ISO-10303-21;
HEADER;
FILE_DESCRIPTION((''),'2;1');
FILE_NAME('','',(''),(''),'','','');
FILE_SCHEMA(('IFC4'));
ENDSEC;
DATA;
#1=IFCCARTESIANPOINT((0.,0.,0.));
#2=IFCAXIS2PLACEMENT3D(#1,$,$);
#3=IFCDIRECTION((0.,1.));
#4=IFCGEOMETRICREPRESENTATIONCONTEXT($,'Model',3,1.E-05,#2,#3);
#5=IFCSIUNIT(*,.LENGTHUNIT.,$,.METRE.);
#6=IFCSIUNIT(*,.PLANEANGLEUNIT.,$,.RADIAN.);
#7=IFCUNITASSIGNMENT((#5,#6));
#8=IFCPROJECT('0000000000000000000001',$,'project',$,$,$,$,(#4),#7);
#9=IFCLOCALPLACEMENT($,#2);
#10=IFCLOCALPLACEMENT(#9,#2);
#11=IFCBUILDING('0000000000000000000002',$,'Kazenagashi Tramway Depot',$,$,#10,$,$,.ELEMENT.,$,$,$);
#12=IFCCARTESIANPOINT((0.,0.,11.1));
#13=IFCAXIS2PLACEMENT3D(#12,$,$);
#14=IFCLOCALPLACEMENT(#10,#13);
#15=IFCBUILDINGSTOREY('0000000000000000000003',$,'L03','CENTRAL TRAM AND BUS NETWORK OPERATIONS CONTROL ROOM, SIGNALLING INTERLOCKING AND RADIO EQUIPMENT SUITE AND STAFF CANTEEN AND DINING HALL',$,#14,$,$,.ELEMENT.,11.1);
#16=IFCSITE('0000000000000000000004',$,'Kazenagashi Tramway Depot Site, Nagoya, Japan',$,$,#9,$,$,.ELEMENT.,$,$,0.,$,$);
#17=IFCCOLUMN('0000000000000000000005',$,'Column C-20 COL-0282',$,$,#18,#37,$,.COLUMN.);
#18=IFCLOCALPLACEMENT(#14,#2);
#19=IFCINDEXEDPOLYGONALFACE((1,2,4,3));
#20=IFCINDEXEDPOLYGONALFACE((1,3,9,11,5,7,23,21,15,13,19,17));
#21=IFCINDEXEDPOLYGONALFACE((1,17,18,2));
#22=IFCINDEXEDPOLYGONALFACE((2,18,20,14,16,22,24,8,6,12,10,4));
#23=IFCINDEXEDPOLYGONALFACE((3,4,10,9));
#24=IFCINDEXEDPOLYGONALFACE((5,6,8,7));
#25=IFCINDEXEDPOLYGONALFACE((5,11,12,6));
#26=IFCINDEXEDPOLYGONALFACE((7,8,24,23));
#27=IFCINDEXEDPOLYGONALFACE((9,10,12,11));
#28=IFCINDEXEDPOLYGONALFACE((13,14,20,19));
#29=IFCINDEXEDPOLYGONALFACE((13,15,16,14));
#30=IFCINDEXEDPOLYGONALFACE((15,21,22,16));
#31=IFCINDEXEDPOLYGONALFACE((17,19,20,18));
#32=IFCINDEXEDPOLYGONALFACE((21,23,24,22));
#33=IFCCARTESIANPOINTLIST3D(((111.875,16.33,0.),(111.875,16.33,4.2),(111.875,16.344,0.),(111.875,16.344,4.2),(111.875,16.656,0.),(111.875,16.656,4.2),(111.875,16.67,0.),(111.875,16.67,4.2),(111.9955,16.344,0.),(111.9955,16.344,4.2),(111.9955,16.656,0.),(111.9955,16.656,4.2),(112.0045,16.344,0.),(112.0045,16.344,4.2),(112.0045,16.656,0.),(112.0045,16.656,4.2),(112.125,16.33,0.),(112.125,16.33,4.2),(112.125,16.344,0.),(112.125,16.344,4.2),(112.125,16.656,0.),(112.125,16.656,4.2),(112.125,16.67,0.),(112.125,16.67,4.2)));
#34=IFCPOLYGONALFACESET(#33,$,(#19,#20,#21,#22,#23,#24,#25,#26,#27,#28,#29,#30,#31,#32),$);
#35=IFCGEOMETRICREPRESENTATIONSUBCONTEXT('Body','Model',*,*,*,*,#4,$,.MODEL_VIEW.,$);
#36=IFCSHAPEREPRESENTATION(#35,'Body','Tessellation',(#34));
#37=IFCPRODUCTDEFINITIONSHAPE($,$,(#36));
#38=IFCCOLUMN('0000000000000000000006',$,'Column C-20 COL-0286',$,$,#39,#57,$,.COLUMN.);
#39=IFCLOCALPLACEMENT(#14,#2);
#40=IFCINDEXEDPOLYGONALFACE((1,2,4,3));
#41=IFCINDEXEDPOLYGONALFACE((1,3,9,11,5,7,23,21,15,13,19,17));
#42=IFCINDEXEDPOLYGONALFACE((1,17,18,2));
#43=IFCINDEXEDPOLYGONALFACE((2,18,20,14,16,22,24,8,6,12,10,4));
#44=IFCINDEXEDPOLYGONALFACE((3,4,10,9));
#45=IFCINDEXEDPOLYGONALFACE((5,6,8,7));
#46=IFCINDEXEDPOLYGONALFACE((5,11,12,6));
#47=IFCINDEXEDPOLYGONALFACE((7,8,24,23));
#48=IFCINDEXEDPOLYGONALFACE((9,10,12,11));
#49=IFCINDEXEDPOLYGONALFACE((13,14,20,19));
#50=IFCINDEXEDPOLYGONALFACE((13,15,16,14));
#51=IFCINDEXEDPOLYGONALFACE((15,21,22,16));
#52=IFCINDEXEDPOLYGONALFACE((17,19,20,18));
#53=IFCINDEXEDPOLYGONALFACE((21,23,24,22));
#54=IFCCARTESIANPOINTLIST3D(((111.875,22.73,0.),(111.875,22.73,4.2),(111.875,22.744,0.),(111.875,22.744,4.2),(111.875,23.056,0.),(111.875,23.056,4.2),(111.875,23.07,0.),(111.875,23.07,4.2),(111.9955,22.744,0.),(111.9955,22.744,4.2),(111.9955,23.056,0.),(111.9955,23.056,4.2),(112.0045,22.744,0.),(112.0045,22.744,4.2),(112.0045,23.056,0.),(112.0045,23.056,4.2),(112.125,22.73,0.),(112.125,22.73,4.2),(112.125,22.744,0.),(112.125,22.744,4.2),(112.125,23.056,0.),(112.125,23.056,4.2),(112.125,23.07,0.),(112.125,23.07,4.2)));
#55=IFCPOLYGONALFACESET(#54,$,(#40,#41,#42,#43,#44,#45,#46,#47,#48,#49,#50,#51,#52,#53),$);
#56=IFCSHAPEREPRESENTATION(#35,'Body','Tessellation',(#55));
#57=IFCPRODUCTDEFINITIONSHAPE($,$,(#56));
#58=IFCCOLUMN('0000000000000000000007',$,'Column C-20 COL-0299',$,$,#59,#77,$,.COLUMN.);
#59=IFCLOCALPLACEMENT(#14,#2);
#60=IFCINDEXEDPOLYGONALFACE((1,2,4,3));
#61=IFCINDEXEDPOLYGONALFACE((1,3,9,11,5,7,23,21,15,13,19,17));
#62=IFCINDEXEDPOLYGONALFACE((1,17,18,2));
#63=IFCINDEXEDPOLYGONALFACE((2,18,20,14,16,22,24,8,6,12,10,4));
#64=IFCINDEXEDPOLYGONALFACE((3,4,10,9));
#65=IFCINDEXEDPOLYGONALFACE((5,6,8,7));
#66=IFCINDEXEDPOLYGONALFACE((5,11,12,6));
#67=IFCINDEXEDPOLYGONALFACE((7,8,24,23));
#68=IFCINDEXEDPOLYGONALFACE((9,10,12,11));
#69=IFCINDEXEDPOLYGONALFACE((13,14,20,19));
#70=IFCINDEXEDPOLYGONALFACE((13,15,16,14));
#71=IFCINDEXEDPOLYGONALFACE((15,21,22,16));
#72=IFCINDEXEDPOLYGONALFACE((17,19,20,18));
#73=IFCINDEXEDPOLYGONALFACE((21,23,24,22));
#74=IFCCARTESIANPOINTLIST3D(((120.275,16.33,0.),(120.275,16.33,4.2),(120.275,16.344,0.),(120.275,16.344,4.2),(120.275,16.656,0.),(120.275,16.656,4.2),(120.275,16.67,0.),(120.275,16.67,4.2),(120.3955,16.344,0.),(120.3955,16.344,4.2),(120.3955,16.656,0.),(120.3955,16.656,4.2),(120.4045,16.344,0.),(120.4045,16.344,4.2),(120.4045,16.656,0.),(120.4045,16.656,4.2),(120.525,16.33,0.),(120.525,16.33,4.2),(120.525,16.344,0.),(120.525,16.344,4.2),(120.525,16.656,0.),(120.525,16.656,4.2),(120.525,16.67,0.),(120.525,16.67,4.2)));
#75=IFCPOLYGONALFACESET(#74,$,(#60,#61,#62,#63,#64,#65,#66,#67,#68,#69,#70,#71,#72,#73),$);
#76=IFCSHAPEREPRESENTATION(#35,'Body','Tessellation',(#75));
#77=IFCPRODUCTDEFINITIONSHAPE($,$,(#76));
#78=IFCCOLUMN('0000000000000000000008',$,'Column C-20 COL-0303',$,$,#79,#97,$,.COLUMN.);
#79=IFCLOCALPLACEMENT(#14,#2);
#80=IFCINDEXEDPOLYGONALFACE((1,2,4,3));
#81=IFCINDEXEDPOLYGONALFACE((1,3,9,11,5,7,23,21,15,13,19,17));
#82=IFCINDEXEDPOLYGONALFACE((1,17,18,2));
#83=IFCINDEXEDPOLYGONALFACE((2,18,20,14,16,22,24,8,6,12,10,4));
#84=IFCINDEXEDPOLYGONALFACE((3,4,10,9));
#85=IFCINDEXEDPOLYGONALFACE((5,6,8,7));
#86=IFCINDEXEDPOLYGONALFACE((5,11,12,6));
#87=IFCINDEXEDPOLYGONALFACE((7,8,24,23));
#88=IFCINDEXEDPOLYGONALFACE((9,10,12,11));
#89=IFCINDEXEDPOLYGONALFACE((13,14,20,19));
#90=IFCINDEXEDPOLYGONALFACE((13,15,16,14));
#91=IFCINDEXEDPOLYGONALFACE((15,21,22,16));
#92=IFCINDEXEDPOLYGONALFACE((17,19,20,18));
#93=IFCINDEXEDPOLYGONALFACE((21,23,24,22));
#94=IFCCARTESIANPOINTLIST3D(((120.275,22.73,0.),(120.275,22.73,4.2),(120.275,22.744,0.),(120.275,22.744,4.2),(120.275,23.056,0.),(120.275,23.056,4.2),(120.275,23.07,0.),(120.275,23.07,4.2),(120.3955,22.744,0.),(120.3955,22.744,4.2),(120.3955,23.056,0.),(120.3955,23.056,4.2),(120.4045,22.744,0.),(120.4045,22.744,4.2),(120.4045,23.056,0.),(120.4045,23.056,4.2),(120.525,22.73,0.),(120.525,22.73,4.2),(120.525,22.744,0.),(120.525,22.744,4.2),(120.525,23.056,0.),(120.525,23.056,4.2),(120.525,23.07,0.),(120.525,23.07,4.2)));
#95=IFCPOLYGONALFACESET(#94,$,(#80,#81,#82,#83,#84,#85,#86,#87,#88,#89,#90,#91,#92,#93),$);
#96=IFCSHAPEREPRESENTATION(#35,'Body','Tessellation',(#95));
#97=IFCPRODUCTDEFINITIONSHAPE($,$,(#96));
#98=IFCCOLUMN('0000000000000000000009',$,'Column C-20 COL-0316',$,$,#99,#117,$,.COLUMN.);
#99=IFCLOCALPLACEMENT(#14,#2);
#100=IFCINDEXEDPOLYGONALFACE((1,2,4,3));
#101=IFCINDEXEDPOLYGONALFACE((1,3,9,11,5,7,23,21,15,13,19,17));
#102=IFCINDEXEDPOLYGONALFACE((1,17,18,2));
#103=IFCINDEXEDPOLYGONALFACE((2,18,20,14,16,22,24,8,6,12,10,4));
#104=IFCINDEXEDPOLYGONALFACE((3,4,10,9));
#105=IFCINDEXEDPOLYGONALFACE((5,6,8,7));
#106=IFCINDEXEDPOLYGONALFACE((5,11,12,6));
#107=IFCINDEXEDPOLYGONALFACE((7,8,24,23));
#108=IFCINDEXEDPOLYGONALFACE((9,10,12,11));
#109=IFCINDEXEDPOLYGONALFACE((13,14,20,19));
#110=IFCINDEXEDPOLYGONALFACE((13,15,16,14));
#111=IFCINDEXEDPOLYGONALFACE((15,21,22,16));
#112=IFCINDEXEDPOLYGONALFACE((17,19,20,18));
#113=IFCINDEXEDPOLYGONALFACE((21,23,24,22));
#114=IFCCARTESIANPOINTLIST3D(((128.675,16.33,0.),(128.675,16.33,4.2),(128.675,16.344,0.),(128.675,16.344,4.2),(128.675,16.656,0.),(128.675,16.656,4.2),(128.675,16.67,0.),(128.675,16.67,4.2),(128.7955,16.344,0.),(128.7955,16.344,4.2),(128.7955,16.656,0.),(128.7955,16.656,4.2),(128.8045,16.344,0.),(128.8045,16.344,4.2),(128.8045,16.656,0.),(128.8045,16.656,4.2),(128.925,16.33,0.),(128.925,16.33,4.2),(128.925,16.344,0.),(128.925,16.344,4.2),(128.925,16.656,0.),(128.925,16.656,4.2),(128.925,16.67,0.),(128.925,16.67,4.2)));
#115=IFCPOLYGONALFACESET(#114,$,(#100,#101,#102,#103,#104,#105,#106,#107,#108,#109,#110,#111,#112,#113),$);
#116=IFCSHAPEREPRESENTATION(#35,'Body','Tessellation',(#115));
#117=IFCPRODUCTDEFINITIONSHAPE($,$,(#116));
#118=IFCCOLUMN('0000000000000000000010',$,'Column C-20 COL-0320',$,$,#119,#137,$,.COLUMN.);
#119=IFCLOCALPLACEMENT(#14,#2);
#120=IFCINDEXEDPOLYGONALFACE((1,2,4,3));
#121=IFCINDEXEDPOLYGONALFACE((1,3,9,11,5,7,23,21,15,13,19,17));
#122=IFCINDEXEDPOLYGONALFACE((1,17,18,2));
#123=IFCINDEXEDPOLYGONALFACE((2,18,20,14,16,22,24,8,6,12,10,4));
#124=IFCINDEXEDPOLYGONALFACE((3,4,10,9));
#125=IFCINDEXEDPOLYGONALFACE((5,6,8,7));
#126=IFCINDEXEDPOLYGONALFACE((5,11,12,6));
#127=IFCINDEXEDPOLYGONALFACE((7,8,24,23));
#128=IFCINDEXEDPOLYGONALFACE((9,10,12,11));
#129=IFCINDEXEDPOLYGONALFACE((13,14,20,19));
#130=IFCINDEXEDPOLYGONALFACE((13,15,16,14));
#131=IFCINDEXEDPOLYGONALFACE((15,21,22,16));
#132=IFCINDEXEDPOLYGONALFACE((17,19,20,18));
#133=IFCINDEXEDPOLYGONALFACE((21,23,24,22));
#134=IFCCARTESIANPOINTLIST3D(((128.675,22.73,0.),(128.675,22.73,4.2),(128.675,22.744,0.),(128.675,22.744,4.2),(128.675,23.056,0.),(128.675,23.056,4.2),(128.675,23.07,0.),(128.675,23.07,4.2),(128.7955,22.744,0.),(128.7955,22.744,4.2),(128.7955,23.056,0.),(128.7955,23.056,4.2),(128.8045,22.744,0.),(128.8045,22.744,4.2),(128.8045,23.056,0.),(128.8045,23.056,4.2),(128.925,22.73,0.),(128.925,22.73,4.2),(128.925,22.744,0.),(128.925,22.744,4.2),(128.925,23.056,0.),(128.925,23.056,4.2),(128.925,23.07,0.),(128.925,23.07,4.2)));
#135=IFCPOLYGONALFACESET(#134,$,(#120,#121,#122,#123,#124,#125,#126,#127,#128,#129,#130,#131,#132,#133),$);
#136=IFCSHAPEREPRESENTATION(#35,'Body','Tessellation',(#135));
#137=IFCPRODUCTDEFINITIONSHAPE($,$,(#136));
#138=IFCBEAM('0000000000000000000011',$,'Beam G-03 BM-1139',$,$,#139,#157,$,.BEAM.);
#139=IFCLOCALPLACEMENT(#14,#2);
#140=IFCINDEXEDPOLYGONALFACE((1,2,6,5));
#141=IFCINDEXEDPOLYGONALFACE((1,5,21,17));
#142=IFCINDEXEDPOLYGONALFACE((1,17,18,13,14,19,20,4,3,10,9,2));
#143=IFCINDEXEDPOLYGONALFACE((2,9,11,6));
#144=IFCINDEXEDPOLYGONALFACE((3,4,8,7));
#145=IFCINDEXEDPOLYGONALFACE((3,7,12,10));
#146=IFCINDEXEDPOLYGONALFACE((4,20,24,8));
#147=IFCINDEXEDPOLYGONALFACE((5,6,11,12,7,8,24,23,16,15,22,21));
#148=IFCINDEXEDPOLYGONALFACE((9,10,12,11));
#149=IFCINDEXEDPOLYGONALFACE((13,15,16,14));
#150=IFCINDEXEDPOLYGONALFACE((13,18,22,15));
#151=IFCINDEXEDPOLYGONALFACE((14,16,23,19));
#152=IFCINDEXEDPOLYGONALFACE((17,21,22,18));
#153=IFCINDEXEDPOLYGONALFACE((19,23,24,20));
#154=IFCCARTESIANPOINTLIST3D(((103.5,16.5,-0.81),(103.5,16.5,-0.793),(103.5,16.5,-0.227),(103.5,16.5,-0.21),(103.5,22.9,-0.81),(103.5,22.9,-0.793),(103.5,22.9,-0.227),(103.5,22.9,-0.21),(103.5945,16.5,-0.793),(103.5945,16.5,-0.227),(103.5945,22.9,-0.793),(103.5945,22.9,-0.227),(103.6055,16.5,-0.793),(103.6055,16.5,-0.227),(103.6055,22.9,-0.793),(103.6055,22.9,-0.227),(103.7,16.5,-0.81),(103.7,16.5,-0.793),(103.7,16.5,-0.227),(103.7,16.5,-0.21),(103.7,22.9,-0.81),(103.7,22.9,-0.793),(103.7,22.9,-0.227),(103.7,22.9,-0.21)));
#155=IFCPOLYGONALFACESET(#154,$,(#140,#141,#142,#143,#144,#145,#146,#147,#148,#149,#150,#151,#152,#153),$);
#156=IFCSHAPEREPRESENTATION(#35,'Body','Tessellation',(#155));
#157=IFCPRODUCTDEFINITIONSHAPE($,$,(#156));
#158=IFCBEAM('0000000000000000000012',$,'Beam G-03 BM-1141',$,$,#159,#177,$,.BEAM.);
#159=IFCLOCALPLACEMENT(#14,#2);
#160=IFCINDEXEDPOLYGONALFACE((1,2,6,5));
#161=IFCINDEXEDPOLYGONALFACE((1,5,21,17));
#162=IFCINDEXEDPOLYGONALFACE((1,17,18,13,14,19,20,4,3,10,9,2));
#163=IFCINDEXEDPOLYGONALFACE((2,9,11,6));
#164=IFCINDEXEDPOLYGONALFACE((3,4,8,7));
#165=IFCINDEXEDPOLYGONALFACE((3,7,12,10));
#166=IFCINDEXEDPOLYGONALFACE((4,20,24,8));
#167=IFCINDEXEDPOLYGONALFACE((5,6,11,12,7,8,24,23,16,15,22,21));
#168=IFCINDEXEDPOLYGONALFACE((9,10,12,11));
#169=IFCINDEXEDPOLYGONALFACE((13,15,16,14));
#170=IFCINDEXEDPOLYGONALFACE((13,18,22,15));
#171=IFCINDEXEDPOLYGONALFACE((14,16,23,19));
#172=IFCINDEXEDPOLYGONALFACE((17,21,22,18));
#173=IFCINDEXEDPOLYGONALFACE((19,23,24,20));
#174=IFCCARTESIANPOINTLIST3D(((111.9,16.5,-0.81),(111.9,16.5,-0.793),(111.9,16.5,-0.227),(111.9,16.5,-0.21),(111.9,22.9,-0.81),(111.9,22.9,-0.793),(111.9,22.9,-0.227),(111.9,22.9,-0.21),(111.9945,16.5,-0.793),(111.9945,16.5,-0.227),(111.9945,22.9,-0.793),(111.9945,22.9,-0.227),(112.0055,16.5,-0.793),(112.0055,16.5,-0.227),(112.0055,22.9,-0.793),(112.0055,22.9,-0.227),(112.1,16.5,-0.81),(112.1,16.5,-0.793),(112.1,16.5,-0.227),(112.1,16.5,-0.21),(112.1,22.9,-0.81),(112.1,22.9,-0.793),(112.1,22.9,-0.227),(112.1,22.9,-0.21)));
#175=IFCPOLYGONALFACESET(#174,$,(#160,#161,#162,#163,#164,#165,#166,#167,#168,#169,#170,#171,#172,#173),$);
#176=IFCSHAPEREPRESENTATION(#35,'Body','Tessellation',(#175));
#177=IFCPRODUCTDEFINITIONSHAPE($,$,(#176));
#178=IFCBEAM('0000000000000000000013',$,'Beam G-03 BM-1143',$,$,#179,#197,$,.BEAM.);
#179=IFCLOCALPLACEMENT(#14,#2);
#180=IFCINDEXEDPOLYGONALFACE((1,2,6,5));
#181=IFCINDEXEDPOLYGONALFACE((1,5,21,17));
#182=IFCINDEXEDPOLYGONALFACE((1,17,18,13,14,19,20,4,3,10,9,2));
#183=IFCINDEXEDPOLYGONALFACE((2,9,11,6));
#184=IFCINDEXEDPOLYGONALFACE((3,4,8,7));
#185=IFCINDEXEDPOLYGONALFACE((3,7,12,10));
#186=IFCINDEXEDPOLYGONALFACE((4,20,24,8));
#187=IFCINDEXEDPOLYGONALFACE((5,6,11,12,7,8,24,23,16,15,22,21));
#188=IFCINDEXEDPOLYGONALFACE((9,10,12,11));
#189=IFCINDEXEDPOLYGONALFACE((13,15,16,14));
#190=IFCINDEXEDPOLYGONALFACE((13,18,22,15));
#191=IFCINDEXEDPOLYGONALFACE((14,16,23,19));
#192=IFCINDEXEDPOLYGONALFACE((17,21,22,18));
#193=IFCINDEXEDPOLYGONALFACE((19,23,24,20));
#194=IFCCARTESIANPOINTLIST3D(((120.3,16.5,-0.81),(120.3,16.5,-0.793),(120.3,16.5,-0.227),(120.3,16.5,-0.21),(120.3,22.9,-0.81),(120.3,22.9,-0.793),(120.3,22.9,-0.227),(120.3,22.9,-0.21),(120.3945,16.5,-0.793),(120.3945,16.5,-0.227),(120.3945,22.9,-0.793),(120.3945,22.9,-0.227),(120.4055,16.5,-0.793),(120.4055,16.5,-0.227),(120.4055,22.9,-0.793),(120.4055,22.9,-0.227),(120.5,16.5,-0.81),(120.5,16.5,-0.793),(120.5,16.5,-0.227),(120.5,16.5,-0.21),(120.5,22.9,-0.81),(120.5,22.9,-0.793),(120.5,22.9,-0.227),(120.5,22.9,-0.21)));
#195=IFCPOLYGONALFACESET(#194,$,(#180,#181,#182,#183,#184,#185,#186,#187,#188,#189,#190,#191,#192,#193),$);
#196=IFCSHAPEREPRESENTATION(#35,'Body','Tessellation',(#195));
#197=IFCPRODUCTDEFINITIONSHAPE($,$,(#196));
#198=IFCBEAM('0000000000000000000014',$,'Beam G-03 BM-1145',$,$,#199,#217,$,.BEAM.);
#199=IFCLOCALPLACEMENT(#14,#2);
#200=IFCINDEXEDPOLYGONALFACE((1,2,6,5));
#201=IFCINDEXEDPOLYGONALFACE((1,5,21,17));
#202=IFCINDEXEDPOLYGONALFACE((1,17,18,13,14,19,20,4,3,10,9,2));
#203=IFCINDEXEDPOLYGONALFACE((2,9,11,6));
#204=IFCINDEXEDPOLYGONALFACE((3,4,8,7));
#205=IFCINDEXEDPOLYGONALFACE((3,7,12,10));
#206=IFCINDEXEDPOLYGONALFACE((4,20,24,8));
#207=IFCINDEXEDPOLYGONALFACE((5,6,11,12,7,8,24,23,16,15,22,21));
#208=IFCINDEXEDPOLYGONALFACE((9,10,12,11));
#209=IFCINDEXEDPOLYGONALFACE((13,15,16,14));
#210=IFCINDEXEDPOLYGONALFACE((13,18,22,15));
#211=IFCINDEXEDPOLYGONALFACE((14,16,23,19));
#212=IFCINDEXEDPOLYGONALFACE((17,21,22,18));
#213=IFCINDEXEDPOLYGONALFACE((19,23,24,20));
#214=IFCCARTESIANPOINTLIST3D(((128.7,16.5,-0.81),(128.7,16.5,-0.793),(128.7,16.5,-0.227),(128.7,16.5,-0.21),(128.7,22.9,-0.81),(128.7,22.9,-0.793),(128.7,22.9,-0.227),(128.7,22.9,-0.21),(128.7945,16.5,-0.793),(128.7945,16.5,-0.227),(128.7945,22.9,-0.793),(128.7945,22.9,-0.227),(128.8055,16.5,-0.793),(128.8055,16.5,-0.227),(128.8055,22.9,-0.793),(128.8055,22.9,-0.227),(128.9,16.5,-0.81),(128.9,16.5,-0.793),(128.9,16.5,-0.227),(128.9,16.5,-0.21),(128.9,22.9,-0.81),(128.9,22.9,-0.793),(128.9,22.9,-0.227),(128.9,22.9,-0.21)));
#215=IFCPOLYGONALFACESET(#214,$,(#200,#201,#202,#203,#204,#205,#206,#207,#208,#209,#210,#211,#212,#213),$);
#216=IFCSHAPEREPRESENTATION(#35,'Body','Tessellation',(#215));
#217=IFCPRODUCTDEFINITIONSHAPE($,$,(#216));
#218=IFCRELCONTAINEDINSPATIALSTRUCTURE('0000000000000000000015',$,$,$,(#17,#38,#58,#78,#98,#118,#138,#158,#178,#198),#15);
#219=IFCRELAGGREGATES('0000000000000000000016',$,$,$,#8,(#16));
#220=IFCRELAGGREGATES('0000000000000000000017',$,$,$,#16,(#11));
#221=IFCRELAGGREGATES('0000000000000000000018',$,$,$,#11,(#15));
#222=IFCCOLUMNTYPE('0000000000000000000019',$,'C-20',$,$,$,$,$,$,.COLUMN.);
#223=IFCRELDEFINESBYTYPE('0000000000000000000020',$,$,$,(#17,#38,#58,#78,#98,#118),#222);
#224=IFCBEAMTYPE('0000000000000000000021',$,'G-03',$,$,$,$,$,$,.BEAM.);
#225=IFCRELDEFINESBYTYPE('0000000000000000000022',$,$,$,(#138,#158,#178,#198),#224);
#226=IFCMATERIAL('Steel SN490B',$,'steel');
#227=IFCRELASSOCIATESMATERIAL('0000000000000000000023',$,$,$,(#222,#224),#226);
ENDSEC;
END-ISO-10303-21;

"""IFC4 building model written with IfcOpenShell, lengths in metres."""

from ifc_helpers import new_model, si_unit, direction, frame, origin, origin_2d, place, context, subcontext, project, spatial, i_section, extrude, material, material_profile, profile_set, type_object, element, save


model = new_model("IFC4")

# Units and contexts
model_context = context("Model", 3, precision=1e-05, world=origin(), true_north=direction((0.0, 1.0)))
body_context = subcontext(model_context, "Body", "Model", "MODEL_VIEW")
ifc_project = project(units=[si_unit("LENGTHUNIT", "METRE"), si_unit("PLANEANGLEUNIT", "RADIAN")], contexts=[model_context])

# Site, building, storey
site_placement = place(None, origin())
site = spatial("IfcSite", under=ifc_project, at=site_placement, Name="Kazenagashi Tramway Depot Site, Nagoya, Japan", CompositionType="ELEMENT", RefElevation=0.0)
building_placement = place(site_placement, origin())
building = spatial("IfcBuilding", under=site, at=building_placement, Name="Kazenagashi Tramway Depot", CompositionType="ELEMENT")
storey_placement = place(building_placement, frame((0.0, 0.0, 11.1)))
storey = spatial("IfcBuildingStorey", under=building, at=storey_placement, Name="L03", Description="CENTRAL TRAM AND BUS NETWORK OPERATIONS CONTROL ROOM, SIGNALLING INTERLOCKING AND RADIO EQUIPMENT SUITE AND STAFF CANTEEN AND DINING HALL", CompositionType="ELEMENT", Elevation=11.1)

# Columns
ifc_material_1 = material(Name="Steel SN490B", Category="steel")
ifc_material_profile_1 = material_profile(ifc_material_1, i_section(OverallWidth=0.25, OverallDepth=0.34, WebThickness=0.009, FlangeThickness=0.014, at=origin_2d()), Name="H-340x250x9x14")
ifc_profile_set_1 = profile_set([ifc_material_profile_1], Name="Steel SN490B")
column_type = type_object("IfcColumnType", Name="C-20", PredefinedType="COLUMN", material=ifc_profile_set_1)
for number, where, z_axis, x_axis, name in (
    (1, (112.0, 16.5, 0.0), (0.0, 0.0, 1.0), (1.0, 0.0, 0.0), "Column C-20 COL-0282"),
    (2, (112.0, 22.9, 0.0), (0.0, 0.0, 1.0), (1.0, 0.0, 0.0), "Column C-20 COL-0286"),
    (3, (120.4, 16.5, 0.0), (0.0, 0.0, 1.0), (1.0, 0.0, 0.0), "Column C-20 COL-0299"),
    (4, (120.4, 22.9, 0.0), (0.0, 0.0, 1.0), (1.0, 0.0, 0.0), "Column C-20 COL-0303"),
    (5, (128.8, 16.5, 0.0), (0.0, 0.0, 1.0), (1.0, 0.0, 0.0), "Column C-20 COL-0316"),
    (6, (128.8, 22.9, 0.0), (0.0, 0.0, 1.0), (1.0, 0.0, 0.0), "Column C-20 COL-0320"),
):
    element("IfcColumn", number, at=place(storey_placement, frame(where, z_axis=z_axis, x_axis=x_axis)), inside=storey, type_object=column_type, Name=name, PredefinedType="COLUMN", context=body_context, shape_type="SweptSolid", body=[
        extrude(i_section(OverallWidth=0.25, OverallDepth=0.34, WebThickness=0.009, FlangeThickness=0.014, at=origin_2d()), origin(), (0.0, 0.0, 1.0), 4.2),
    ])

# Beams
ifc_material_profile_2 = material_profile(ifc_material_1, i_section(OverallWidth=0.2, OverallDepth=0.6, WebThickness=0.011, FlangeThickness=0.017, at=origin_2d()), Name="H-600x200x11x17")
ifc_profile_set_2 = profile_set([ifc_material_profile_2], Name="Steel SN490B")
beam_type_1 = type_object("IfcBeamType", Name="G-03", PredefinedType="BEAM", material=ifc_profile_set_2)
for number, where, z_axis, x_axis, name in (
    (7, (103.6, 16.5, -0.51), (0.0, 1.0, 0.0), (-1.0, 0.0, 0.0), "Beam G-03 BM-1139"),
    (8, (112.0, 16.5, -0.51), (0.0, 1.0, 0.0), (-1.0, 0.0, 0.0), "Beam G-03 BM-1141"),
    (9, (120.4, 16.5, -0.51), (0.0, 1.0, 0.0), (-1.0, 0.0, 0.0), "Beam G-03 BM-1143"),
    (10, (128.8, 16.5, -0.51), (0.0, 1.0, 0.0), (-1.0, 0.0, 0.0), "Beam G-03 BM-1145"),
):
    element("IfcBeam", number, at=place(storey_placement, frame(where, z_axis=z_axis, x_axis=x_axis)), inside=storey, type_object=beam_type_1, Name=name, PredefinedType="BEAM", context=body_context, shape_type="SweptSolid", body=[
        extrude(i_section(OverallWidth=0.2, OverallDepth=0.6, WebThickness=0.011, FlangeThickness=0.017, at=origin_2d()), origin(), (0.0, 0.0, 1.0), 6.4),
    ])

save(model, "model.ifc")
